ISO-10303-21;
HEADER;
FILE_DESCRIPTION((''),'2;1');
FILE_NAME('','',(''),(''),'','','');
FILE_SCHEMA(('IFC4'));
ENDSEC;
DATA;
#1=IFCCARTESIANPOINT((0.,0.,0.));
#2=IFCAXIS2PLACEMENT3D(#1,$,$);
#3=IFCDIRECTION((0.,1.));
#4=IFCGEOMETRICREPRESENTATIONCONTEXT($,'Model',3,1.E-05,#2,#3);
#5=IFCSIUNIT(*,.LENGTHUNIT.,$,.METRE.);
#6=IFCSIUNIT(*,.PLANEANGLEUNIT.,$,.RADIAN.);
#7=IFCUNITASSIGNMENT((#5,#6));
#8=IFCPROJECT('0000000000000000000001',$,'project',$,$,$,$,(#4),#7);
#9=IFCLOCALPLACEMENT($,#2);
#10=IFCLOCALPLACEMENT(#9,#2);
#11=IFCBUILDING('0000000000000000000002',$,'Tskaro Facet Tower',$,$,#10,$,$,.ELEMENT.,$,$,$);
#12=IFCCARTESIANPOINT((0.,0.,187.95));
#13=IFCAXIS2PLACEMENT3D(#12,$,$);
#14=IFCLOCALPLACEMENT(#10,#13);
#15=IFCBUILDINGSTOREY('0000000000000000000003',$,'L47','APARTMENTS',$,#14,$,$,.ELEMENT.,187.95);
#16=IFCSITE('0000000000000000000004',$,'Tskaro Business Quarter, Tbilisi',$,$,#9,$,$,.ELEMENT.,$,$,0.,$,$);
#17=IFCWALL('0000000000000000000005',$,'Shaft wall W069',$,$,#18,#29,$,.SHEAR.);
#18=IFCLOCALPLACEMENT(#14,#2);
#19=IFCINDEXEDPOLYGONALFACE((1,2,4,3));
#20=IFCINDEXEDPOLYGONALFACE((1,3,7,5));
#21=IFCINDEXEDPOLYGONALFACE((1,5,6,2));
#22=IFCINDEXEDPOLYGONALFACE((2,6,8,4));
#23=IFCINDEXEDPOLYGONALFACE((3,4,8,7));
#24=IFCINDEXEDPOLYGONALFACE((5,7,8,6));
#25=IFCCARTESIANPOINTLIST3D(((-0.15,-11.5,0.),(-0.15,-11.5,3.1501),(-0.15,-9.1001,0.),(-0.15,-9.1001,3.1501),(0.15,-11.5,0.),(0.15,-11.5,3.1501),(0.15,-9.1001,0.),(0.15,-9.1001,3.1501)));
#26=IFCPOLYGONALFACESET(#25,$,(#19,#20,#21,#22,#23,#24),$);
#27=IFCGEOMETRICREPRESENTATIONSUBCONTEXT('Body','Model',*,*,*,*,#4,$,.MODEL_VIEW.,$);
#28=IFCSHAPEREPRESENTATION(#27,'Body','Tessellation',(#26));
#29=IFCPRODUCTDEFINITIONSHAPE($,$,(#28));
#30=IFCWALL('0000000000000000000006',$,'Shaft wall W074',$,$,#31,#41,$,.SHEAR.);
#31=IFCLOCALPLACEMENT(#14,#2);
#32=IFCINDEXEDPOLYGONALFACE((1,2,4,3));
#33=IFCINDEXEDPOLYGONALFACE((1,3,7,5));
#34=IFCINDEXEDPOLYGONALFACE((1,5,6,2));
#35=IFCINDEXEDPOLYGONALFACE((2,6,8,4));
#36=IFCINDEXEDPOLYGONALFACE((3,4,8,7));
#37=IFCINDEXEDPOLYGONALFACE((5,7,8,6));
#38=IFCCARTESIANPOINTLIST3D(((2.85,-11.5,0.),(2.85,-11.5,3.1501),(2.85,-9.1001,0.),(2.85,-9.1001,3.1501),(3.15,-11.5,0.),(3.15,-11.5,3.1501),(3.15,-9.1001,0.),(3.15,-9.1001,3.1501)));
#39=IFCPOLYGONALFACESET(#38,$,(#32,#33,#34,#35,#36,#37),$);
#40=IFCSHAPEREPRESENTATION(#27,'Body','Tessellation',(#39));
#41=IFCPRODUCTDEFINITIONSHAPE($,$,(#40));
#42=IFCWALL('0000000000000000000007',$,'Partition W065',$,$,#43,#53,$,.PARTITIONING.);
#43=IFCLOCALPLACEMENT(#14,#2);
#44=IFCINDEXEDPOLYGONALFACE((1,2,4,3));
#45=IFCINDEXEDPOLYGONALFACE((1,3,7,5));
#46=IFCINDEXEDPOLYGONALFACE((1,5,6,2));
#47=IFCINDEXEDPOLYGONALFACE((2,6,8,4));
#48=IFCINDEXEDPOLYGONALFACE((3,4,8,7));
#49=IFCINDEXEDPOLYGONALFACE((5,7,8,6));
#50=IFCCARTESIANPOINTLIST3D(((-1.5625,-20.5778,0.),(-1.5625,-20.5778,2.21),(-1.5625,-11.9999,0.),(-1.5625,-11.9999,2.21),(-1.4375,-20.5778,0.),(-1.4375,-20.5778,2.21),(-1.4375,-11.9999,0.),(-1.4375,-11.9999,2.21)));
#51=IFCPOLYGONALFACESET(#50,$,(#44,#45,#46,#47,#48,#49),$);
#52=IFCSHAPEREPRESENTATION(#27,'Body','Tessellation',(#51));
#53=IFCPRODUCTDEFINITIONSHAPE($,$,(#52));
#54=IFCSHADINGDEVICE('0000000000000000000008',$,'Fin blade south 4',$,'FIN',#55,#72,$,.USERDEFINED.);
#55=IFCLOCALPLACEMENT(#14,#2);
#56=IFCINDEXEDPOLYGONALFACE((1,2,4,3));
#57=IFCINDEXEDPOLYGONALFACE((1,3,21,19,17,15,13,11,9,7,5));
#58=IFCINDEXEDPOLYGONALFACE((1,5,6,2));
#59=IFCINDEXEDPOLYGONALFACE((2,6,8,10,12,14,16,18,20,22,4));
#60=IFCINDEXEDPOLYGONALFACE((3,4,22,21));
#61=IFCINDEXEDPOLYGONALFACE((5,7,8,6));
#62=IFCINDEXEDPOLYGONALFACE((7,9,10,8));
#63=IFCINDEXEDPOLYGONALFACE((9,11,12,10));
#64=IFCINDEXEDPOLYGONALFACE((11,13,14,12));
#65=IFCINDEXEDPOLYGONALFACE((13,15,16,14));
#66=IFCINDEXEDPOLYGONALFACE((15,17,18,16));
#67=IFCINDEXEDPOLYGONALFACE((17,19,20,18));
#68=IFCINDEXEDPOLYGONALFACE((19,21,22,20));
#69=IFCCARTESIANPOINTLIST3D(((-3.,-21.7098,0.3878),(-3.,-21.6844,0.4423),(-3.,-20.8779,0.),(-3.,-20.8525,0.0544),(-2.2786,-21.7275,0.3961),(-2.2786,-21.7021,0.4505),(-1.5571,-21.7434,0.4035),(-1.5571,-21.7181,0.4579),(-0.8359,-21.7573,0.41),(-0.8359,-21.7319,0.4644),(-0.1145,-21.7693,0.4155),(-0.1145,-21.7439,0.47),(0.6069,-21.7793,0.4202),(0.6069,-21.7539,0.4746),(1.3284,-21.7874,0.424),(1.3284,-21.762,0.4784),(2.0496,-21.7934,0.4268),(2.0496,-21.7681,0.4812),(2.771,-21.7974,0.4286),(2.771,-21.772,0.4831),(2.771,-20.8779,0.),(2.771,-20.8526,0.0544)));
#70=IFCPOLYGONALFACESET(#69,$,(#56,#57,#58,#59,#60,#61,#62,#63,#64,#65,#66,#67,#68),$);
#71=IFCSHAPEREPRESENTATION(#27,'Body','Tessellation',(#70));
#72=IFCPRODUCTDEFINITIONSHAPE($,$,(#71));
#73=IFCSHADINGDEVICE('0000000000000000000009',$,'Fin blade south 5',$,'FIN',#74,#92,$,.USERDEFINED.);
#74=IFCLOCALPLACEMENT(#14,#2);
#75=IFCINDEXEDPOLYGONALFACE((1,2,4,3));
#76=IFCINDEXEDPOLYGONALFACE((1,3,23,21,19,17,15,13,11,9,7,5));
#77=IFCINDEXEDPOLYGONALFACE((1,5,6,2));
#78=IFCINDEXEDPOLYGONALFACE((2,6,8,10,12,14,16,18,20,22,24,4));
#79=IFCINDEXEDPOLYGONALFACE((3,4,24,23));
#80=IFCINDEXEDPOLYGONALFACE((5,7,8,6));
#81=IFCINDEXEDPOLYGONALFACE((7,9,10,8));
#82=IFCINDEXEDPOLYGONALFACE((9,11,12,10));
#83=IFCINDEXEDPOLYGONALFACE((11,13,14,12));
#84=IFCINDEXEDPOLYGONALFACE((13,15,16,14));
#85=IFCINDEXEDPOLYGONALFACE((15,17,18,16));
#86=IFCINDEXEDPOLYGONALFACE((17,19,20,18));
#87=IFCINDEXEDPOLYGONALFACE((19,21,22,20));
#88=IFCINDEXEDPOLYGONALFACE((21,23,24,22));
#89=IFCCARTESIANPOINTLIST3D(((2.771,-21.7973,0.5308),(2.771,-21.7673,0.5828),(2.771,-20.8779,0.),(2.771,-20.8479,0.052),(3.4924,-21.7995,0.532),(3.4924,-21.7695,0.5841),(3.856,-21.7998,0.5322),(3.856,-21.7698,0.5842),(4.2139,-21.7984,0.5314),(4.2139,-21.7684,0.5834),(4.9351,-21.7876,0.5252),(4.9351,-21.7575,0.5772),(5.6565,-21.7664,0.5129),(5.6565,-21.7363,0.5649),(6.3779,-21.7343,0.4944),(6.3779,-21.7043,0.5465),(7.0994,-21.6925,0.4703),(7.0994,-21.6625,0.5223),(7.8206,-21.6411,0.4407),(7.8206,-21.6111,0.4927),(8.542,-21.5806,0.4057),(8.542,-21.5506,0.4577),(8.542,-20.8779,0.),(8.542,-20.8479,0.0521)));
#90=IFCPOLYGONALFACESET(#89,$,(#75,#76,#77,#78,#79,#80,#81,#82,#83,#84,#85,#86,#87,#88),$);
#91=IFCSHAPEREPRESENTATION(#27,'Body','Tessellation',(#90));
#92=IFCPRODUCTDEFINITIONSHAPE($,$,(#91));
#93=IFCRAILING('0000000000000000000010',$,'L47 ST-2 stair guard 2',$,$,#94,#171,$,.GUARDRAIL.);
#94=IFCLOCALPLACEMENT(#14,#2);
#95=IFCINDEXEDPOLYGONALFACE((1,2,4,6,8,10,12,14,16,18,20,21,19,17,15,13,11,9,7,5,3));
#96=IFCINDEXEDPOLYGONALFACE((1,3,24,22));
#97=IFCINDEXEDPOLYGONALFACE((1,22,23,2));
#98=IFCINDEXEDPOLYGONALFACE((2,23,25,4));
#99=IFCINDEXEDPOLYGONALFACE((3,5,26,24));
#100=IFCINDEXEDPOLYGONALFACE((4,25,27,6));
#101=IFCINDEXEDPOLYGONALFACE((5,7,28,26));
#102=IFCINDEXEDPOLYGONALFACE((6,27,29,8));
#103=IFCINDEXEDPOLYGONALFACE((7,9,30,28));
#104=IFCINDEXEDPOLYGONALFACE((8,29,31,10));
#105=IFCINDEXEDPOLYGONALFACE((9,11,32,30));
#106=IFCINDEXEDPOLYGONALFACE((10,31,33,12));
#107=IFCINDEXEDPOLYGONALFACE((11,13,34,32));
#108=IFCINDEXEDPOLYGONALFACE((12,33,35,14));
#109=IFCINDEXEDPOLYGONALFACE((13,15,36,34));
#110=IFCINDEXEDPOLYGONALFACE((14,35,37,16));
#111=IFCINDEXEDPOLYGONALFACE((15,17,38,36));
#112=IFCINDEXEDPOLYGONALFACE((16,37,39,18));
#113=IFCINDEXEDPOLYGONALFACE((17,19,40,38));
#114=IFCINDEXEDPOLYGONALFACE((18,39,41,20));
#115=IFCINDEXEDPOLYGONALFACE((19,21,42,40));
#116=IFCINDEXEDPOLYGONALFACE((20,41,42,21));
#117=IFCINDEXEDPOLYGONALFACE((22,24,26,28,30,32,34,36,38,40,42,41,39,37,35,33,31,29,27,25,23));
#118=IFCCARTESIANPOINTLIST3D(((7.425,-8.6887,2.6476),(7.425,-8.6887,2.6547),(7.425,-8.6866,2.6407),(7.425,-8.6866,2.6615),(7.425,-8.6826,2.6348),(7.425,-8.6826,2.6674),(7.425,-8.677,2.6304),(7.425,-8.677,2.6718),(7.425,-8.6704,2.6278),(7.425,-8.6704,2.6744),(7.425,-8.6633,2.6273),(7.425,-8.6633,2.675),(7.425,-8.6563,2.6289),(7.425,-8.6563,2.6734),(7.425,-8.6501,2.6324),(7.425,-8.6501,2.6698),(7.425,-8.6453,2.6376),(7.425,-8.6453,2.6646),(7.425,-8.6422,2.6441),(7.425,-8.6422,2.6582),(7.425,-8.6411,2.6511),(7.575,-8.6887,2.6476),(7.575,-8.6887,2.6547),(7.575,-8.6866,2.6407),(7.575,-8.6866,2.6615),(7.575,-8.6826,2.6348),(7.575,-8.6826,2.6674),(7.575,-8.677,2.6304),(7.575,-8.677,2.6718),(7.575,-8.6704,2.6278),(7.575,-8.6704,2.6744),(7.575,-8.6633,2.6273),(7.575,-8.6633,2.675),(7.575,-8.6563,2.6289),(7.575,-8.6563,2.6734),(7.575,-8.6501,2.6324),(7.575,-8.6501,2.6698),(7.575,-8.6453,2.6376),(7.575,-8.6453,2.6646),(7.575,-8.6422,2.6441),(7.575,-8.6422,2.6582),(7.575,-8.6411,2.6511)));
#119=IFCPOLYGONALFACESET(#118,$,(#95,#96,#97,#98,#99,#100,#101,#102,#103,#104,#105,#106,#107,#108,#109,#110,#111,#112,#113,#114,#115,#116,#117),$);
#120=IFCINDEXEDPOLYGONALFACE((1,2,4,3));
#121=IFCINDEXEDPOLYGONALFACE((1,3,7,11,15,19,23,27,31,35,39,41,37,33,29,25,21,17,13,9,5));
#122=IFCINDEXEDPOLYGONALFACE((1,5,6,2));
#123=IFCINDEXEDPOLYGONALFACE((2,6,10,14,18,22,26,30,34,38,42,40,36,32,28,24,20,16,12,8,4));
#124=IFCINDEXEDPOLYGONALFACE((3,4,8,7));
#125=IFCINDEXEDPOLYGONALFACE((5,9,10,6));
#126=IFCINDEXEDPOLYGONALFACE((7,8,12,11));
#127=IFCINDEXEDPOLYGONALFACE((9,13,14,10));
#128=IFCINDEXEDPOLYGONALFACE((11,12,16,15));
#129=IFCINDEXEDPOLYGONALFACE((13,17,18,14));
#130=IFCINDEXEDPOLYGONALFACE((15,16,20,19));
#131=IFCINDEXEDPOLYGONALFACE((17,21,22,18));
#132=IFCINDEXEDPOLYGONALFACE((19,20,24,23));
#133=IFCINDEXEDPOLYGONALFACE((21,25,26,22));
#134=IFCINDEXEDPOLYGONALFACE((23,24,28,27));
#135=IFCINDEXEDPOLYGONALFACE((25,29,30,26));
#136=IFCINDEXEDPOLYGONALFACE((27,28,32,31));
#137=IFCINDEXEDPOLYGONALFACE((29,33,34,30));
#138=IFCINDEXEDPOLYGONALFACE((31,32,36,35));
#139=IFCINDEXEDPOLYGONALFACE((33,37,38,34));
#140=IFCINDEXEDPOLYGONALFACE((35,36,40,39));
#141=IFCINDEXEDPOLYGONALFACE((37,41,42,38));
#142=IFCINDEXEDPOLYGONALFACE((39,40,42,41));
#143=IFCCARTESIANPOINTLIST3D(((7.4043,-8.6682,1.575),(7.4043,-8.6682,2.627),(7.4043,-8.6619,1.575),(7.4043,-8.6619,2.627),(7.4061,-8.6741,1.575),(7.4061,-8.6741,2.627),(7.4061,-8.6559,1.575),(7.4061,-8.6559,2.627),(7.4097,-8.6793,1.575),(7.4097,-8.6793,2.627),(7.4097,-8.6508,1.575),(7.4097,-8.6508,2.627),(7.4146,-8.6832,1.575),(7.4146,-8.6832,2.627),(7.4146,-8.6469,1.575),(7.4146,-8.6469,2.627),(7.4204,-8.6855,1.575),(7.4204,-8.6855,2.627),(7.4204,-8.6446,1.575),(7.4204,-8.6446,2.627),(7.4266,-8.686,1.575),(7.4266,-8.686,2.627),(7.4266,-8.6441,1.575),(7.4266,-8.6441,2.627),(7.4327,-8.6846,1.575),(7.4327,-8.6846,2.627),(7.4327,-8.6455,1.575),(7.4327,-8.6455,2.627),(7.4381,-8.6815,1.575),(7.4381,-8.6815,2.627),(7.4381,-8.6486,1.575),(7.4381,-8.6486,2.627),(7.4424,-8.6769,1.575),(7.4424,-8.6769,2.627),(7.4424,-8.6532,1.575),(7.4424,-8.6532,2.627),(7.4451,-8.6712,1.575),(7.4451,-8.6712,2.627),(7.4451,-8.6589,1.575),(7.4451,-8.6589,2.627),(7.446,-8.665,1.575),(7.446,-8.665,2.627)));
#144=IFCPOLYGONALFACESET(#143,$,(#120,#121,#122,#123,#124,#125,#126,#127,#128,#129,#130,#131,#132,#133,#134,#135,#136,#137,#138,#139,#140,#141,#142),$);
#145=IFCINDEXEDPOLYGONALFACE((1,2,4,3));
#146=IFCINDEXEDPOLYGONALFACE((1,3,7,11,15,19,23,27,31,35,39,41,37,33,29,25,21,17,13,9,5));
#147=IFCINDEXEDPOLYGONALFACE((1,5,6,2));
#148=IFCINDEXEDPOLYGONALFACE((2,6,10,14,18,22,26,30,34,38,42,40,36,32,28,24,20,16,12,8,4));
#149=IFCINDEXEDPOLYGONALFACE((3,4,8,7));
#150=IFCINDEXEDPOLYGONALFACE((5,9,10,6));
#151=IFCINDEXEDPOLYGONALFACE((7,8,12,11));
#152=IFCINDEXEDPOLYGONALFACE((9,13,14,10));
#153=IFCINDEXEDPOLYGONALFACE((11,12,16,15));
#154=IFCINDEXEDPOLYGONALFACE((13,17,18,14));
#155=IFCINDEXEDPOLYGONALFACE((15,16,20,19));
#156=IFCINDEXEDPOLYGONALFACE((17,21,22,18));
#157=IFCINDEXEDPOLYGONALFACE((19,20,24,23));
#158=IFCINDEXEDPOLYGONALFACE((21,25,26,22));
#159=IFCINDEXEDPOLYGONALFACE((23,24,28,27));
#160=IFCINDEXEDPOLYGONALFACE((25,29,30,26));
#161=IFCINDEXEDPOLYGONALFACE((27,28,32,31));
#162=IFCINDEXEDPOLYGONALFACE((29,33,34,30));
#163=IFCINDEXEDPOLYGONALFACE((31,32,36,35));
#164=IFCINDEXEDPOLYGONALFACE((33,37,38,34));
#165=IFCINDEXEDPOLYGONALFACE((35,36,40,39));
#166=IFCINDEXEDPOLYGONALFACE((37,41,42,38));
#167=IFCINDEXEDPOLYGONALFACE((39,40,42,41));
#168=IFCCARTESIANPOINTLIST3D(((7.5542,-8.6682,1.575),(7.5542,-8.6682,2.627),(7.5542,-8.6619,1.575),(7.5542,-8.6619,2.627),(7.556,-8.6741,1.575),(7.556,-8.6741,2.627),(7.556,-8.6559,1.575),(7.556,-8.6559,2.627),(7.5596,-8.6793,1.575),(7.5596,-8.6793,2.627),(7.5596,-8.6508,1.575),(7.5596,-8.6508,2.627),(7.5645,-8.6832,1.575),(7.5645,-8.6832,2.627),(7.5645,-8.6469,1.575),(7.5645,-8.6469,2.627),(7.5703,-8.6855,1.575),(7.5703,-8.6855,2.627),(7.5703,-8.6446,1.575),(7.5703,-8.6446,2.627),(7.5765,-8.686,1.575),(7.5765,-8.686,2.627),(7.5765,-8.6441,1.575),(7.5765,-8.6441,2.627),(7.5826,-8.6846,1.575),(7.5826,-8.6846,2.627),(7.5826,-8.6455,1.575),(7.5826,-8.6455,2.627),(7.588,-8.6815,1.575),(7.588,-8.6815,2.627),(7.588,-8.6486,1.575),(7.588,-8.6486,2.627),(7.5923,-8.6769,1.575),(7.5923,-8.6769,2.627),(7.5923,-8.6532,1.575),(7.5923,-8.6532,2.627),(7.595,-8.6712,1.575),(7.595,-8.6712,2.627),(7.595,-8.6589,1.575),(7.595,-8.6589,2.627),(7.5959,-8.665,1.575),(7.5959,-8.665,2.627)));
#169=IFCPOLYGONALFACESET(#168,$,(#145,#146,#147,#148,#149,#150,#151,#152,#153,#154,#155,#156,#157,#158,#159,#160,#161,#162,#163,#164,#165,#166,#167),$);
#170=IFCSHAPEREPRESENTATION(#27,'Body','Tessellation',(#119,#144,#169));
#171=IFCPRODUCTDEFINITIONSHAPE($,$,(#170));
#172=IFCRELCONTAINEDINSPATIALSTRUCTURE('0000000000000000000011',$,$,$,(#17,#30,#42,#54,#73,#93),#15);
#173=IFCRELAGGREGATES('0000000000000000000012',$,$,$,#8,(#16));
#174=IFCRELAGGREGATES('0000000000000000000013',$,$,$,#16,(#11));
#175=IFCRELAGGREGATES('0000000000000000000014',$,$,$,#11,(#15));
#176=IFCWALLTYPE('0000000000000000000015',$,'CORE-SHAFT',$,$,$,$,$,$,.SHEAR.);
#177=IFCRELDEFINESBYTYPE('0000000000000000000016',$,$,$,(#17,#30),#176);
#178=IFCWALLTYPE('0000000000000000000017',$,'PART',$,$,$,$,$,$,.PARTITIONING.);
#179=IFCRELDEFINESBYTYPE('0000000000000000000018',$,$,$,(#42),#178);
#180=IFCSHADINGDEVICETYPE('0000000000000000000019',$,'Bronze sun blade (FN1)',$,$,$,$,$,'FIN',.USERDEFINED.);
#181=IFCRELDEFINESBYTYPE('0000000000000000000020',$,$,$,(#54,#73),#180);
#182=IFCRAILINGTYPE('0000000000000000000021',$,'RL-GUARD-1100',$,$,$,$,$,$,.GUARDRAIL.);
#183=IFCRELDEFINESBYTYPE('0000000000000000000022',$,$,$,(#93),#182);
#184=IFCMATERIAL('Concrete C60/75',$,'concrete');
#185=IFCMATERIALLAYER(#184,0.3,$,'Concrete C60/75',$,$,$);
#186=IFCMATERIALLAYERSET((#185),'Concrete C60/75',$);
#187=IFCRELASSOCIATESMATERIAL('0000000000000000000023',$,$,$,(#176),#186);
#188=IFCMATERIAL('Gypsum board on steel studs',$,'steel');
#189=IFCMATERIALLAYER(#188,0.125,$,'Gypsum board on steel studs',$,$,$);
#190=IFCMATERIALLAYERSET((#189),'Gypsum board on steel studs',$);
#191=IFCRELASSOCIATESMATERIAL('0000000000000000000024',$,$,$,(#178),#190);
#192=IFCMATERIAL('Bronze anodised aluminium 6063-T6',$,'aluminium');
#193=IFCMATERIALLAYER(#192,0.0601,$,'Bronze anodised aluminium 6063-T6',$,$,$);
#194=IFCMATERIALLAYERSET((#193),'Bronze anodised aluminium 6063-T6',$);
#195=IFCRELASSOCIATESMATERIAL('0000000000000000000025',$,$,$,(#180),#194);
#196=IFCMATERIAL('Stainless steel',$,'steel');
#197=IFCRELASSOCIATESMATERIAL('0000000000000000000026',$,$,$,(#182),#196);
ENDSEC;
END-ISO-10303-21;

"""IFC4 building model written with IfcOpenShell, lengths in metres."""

from ifc_helpers import new_model, si_unit, direction, frame, frame_2d, origin, origin_2d, place, context, subcontext, project, spatial, polyline, rectangle, circle, outline, extrude, material, layer, layer_set, type_object, element, save


model = new_model("IFC4")

# Units and contexts
model_context = context("Model", 3, precision=1e-05, world=origin(), true_north=direction((0.0, 1.0)))
body_context = subcontext(model_context, "Body", "Model", "MODEL_VIEW")
ifc_project = project(units=[si_unit("LENGTHUNIT", "METRE"), si_unit("PLANEANGLEUNIT", "RADIAN")], contexts=[model_context])

# Site, building, storey
site_placement = place(None, origin())
site = spatial("IfcSite", under=ifc_project, at=site_placement, Name="Tskaro Business Quarter, Tbilisi", CompositionType="ELEMENT", RefElevation=0.0)
building_placement = place(site_placement, origin())
building = spatial("IfcBuilding", under=site, at=building_placement, Name="Tskaro Facet Tower", CompositionType="ELEMENT")
storey_placement = place(building_placement, frame((0.0, 0.0, 187.95)))
storey = spatial("IfcBuildingStorey", under=building, at=storey_placement, Name="L47", Description="APARTMENTS", CompositionType="ELEMENT", Elevation=187.95)

# Shared definitions
ifc_material_1 = material(Name="Bronze anodised aluminium 6063-T6", Category="aluminium")

# Walls
ifc_material_2 = material(Name="Concrete C60/75", Category="concrete")
ifc_layer_1 = layer(ifc_material_2, 0.3, Name="Concrete C60/75")
ifc_layer_set_1 = layer_set([ifc_layer_1], Name="Concrete C60/75")
wall_type_1 = type_object("IfcWallType", Name="CORE-SHAFT", PredefinedType="SHEAR", material=ifc_layer_set_1)
for number, where, z_axis, x_axis, name in (
    (1, (0.0, -11.5, 0.0), (0.0, 0.0, 1.0), (0.0, 1.0, 0.0), "Shaft wall W069"),
    (2, (3.0, -11.5, 0.0), (0.0, 0.0, 1.0), (0.0, 1.0, 0.0), "Shaft wall W074"),
):
    element("IfcWall", number, at=place(storey_placement, frame(where, z_axis=z_axis, x_axis=x_axis)), inside=storey, type_object=wall_type_1, Name=name, PredefinedType="SHEAR", context=body_context, shape_type="SweptSolid", body=[
        extrude(rectangle(XDim=2.3999, YDim=0.3, at=frame_2d((1.2, 0.0))), origin(), (0.0, 0.0, 1.0), 3.1501),
    ])
ifc_material_3 = material(Name="Gypsum board on steel studs", Category="steel")
ifc_layer_2 = layer(ifc_material_3, 0.125, Name="Gypsum board on steel studs")
ifc_layer_set_2 = layer_set([ifc_layer_2], Name="Gypsum board on steel studs")
wall_type_2 = type_object("IfcWallType", Name="PART", PredefinedType="PARTITIONING", material=ifc_layer_set_2)
wall_placement = place(storey_placement, frame((-1.5, -20.5779, 0.0), z_axis=(0.0, 0.0, 1.0), x_axis=(0.0, 1.0, 0.0)))
element("IfcWall", 3, at=wall_placement, inside=storey, type_object=wall_type_2, Name="Partition W065", PredefinedType="PARTITIONING", context=body_context, shape_type="SweptSolid", body=[
    extrude(rectangle(XDim=8.5779, YDim=0.125, at=frame_2d((4.2891, 0.0))), origin(), (0.0, 0.0, 1.0), 2.21),
])

# Shading devices
ifc_layer_3 = layer(ifc_material_1, 0.0601, Name="Bronze anodised aluminium 6063-T6")
ifc_layer_set_3 = layer_set([ifc_layer_3], Name="Bronze anodised aluminium 6063-T6")
shading_device_type = type_object("IfcShadingDeviceType", Name="Bronze sun blade (FN1)", ElementType="FIN", PredefinedType="USERDEFINED", material=ifc_layer_set_3)
shading_device_1_placement = place(storey_placement, frame((-3.0, -20.8525, 0.0544), z_axis=(0.000006, 0.422538, 0.906345), x_axis=(1.0, -0.000003, -0.000005)))
element("IfcShadingDevice", 4, at=shading_device_1_placement, inside=storey, type_object=shading_device_type, Name="Fin blade south 4", ObjectType="FIN", PredefinedType="USERDEFINED", context=body_context, shape_type="SweptSolid", body=[
    extrude(outline(polyline([(0.0, 0.0), (5.771, 0.0), (5.771, -1.0145), (5.0496, -1.0101), (4.3284, -1.0034), (3.6069, -0.9945), (2.8855, -0.9835), (2.1641, -0.9702), (1.4429, -0.9549), (0.7214, -0.9374), (0.0, -0.9178), (0.0, 0.0)])), origin(), (0.0, 0.0, -1.0), 0.0601),
])
shading_device_2_placement = place(storey_placement, frame((2.771, -20.8479, 0.052), z_axis=(-0.000011, 0.499976, 0.866039), x_axis=(1.0, 0.000005, 0.000009)))
element("IfcShadingDevice", 5, at=shading_device_2_placement, inside=storey, type_object=shading_device_type, Name="Fin blade south 5", ObjectType="FIN", PredefinedType="USERDEFINED", context=body_context, shape_type="SweptSolid", body=[
    extrude(outline(polyline([(0.0, 0.0), (5.771, 0.0), (5.771, -0.8114), (5.0496, -0.8813), (4.3284, -0.9407), (3.6069, -0.9889), (2.8855, -1.0259), (2.1641, -1.0504), (1.4429, -1.0628), (1.085, -1.0645), (0.7214, -1.0641), (0.0, -1.0616), (0.0, 0.0)])), origin(), (0.0, 0.0, -1.0), 0.0601),
])

# Railing
ifc_material_4 = material(Name="Stainless steel", Category="steel")
railing_type = type_object("IfcRailingType", Name="RL-GUARD-1100", PredefinedType="GUARDRAIL", material=ifc_material_4)
railing_1_placement = place(storey_placement, frame((7.425, -8.665, 1.575)))
element("IfcRailing", 6, at=railing_1_placement, inside=storey, type_object=railing_type, Name="L47 ST-2 stair guard 2", PredefinedType="GUARDRAIL", context=body_context, shape_type="SweptSolid", body=[
    extrude(circle(Radius=0.0239, at=origin_2d()), frame((0.0, 0.0, 1.0762), z_axis=(1.0, 0.0, 0.0), x_axis=(0.0, 1.0, 0.0)), (0.0, 0.0, 1.0), 0.1499),
    extrude(circle(Radius=0.021, at=origin_2d()), origin(), (0.0, 0.0, 1.0), 1.052),
    extrude(circle(Radius=0.021, at=origin_2d()), frame((0.1499, 0.0, 0.0)), (0.0, 0.0, 1.0), 1.052),
])

save(model, "model.ifc")
